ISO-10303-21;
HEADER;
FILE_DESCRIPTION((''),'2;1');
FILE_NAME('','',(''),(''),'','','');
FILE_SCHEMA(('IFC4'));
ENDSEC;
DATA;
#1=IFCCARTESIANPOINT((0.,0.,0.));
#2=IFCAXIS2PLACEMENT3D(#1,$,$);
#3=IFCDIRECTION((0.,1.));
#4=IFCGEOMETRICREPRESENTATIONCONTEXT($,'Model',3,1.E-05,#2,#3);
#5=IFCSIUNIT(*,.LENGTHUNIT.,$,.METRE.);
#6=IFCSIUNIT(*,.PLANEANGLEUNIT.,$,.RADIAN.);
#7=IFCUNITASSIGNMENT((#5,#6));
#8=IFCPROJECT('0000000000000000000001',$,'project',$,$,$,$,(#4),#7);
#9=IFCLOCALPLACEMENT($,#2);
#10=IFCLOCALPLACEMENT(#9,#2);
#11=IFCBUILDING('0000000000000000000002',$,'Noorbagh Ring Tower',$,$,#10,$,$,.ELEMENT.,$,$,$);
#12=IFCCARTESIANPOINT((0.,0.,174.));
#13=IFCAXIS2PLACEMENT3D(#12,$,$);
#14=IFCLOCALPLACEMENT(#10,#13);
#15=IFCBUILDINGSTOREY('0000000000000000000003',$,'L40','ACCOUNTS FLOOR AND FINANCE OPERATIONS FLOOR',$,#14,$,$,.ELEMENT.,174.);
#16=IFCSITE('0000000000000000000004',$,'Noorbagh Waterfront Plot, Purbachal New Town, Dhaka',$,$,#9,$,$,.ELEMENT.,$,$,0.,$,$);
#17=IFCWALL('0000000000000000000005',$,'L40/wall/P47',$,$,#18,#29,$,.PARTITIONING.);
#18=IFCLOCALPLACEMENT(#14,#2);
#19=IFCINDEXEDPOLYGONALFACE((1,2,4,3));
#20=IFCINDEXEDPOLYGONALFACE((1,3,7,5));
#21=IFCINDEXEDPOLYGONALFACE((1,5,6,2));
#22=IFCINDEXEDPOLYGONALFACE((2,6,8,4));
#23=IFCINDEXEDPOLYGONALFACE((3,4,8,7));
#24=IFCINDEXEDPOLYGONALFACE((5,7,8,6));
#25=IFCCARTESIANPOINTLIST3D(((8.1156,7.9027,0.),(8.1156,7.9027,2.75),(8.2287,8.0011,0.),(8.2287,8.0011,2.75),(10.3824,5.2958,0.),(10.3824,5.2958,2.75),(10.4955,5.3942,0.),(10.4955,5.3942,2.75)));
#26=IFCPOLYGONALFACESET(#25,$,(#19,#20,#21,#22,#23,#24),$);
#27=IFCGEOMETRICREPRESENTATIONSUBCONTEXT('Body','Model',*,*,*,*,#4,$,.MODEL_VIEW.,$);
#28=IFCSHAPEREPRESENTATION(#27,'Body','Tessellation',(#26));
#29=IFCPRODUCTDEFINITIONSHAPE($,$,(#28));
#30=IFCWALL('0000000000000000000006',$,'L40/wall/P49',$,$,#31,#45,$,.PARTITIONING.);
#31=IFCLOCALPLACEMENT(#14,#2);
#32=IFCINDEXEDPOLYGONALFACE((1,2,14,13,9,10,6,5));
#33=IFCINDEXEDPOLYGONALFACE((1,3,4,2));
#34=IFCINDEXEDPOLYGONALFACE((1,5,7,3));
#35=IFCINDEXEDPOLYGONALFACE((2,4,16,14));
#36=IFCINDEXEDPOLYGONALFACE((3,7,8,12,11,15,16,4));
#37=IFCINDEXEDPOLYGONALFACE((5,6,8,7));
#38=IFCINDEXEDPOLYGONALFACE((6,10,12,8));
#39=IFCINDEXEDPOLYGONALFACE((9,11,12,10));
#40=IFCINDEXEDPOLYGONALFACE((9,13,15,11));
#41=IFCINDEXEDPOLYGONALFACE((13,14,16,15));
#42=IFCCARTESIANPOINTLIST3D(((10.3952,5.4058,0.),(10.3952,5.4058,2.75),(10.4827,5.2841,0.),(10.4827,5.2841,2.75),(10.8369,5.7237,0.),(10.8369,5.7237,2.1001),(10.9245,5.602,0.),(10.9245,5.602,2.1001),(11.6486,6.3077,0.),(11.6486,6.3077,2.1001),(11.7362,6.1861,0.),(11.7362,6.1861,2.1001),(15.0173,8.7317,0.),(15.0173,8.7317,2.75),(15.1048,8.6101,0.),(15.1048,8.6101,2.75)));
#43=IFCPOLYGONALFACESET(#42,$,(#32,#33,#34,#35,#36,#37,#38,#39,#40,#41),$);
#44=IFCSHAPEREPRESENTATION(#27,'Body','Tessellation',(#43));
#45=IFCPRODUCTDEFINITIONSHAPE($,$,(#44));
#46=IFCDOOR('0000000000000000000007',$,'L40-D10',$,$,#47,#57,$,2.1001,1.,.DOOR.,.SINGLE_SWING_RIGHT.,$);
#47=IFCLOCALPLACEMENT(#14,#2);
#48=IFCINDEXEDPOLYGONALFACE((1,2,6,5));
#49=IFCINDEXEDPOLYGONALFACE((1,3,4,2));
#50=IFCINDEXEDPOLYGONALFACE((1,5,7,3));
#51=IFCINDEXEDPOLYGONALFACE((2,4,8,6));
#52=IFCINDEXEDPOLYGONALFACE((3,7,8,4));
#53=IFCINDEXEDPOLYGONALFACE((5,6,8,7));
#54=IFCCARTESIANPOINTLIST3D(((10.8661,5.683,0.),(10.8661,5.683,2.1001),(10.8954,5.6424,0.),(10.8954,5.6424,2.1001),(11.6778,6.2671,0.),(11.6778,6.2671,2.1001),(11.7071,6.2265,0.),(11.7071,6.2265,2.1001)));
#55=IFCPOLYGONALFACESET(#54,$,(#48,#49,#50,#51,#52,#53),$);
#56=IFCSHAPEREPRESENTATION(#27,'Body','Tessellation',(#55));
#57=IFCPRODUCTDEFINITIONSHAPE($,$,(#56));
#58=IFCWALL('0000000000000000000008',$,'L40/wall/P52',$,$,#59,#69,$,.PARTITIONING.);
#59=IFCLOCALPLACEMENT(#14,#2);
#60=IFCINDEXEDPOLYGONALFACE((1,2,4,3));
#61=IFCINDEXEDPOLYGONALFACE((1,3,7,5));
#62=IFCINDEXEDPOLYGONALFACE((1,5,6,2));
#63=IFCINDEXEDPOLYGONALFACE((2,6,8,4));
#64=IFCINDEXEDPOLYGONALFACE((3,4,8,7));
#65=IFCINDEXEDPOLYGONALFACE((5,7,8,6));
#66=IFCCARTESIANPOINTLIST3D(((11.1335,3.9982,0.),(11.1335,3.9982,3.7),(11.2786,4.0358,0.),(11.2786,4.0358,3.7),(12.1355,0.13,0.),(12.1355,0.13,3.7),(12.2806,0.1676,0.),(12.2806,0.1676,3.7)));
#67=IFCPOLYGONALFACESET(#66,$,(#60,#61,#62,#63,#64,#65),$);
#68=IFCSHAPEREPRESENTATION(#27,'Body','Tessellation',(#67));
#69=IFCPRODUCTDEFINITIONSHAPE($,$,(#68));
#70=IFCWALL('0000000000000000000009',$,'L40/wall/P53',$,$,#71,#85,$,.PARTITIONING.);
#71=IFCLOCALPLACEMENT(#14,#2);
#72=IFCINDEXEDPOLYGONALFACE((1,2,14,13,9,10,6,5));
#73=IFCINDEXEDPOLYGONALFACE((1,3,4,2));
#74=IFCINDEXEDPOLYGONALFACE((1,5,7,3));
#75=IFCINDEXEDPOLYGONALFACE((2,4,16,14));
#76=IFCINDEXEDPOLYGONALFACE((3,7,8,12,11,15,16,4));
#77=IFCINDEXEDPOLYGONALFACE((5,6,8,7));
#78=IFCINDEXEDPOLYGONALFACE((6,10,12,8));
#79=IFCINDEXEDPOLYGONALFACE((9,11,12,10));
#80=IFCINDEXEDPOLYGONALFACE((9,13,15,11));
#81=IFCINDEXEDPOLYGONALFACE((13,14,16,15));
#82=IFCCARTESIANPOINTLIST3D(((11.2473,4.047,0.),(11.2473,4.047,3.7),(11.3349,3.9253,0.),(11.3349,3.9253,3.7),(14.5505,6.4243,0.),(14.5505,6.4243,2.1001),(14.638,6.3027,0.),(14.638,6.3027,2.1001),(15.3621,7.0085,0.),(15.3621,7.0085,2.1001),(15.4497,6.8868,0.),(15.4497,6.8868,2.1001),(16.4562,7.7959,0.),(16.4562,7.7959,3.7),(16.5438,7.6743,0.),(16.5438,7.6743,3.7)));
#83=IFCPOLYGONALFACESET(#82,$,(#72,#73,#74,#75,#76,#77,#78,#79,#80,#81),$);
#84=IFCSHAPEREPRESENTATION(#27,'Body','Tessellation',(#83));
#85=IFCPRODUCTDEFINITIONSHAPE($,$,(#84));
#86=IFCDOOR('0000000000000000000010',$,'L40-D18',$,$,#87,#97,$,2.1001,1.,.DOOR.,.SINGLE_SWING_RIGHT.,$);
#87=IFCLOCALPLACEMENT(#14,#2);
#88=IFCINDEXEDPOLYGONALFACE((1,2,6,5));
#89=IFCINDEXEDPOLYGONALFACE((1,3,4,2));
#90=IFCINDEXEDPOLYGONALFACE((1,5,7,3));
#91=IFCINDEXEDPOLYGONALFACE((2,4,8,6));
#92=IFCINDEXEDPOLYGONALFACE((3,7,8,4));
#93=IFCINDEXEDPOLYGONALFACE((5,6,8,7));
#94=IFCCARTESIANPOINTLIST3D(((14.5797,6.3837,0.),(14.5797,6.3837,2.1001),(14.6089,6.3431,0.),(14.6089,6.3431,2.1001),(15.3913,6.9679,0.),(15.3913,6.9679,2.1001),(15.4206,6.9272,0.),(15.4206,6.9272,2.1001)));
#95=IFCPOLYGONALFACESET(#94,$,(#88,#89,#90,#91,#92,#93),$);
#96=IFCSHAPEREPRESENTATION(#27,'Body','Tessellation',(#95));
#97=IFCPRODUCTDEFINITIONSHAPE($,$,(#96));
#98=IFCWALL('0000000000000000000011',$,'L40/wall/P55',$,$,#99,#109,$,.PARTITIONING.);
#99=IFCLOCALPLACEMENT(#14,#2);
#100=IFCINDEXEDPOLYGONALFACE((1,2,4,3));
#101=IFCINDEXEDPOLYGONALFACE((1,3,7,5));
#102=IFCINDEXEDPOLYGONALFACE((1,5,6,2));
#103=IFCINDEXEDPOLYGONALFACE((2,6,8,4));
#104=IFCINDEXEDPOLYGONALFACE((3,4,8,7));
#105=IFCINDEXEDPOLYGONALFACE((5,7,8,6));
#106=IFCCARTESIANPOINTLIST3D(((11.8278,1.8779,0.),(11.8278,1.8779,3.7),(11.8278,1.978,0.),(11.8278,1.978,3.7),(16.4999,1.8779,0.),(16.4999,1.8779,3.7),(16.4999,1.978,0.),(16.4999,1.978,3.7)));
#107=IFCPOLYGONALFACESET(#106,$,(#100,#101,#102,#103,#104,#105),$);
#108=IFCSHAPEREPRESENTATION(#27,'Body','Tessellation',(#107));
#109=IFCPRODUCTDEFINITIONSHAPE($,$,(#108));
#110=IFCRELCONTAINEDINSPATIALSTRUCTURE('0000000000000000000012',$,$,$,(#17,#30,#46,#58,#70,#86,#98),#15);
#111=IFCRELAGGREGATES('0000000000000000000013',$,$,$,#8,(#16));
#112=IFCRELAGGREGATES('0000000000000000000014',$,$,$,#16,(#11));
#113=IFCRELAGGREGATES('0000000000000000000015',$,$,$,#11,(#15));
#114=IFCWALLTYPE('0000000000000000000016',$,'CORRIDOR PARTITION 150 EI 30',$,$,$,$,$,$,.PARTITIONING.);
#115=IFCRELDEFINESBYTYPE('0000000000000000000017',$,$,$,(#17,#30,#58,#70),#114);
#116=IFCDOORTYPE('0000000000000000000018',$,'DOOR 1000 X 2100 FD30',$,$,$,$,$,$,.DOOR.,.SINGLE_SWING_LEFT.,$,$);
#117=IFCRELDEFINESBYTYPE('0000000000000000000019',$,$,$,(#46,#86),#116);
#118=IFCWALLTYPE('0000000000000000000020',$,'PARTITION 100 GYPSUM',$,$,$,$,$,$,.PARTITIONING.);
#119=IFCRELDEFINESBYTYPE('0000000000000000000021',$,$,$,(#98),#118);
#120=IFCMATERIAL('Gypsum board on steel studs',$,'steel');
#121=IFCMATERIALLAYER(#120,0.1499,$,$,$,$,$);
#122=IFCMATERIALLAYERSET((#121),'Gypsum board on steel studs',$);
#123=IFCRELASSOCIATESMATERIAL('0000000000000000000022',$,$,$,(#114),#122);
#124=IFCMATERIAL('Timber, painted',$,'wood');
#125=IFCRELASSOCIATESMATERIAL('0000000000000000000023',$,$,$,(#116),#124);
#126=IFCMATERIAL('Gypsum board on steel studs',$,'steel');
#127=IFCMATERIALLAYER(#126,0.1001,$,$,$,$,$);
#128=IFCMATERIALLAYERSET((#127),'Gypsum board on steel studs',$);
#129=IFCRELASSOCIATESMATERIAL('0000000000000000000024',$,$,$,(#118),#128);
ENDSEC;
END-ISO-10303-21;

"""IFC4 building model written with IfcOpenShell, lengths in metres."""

from ifc_helpers import new_model, si_unit, direction, frame, frame_2d, origin, place, context, subcontext, project, spatial, rectangle, extrude, material, layer, layer_set, type_object, element, fill, save


model = new_model("IFC4")

# Units and contexts
model_context = context("Model", 3, precision=1e-05, world=origin(), true_north=direction((0.0, 1.0)))
body_context = subcontext(model_context, "Body", "Model", "MODEL_VIEW")
ifc_project = project(units=[si_unit("LENGTHUNIT", "METRE"), si_unit("PLANEANGLEUNIT", "RADIAN")], contexts=[model_context])

# Site, building, storey
site_placement = place(None, origin())
site = spatial("IfcSite", under=ifc_project, at=site_placement, Name="Noorbagh Waterfront Plot, Purbachal New Town, Dhaka", CompositionType="ELEMENT", RefElevation=0.0)
building_placement = place(site_placement, origin())
building = spatial("IfcBuilding", under=site, at=building_placement, Name="Noorbagh Ring Tower", CompositionType="ELEMENT")
storey_placement = place(building_placement, frame((0.0, 0.0, 174.0)))
storey = spatial("IfcBuildingStorey", under=building, at=storey_placement, Name="L40", Description="ACCOUNTS FLOOR AND FINANCE OPERATIONS FLOOR", CompositionType="ELEMENT", Elevation=174.0)

# Wall
ifc_material_1 = material(Name="Gypsum board on steel studs", Category="steel")
ifc_layer_1 = layer(ifc_material_1, 0.1499)
ifc_layer_set_1 = layer_set([ifc_layer_1], Name="Gypsum board on steel studs")
wall_type_1 = type_object("IfcWallType", Name="CORRIDOR PARTITION 150 EI 30", PredefinedType="PARTITIONING", material=ifc_layer_set_1)
wall_1_placement = place(storey_placement, frame((8.1721, 7.9519, 0.0), z_axis=(0.0, 0.0, 1.0), x_axis=(0.65617, -0.754613, 0.0)))
element("IfcWall", 1, at=wall_1_placement, inside=storey, type_object=wall_type_1, Name="L40/wall/P47", PredefinedType="PARTITIONING", context=body_context, shape_type="SweptSolid", body=[
    extrude(rectangle(XDim=3.4546, YDim=0.1499, at=frame_2d((1.7273, 0.0))), origin(), (0.0, 0.0, 1.0), 2.75),
])

# Wall, opening, door
wall_2_placement = place(storey_placement, frame((10.439, 5.345, 0.0), z_axis=(0.0, 0.0, 1.0), x_axis=(0.811698, 0.584078, 0.0)))
wall_2 = element("IfcWall", 2, at=wall_2_placement, inside=storey, type_object=wall_type_1, Name="L40/wall/P49", PredefinedType="PARTITIONING", context=body_context, shape_type="SweptSolid", body=[
    extrude(rectangle(XDim=5.6943, YDim=0.1499, at=frame_2d((2.8472, 0.0))), origin(), (0.0, 0.0, 1.0), 2.75),
])
opening_1_placement = place(wall_2_placement, frame((0.5442, 0.0, 0.0)))
opening_1 = element("IfcOpeningElement", 3, at=opening_1_placement, cuts=wall_2, PredefinedType="OPENING", context=body_context, shape_type="SweptSolid", body=[
    extrude(rectangle(XDim=1.0, YDim=2.1001, at=frame_2d((0.5, 1.05))), frame((0.0, 0.085, 0.0), z_axis=(0.0, -1.0, 0.0), x_axis=(1.0, 0.0, 0.0)), (0.0, 0.0, 1.0), 0.1699),
])
ifc_material_2 = material(Name="Timber, painted", Category="wood")
door_type = type_object("IfcDoorType", Name="DOOR 1000 X 2100 FD30", OperationType="SINGLE_SWING_LEFT", PredefinedType="DOOR", material=ifc_material_2)
door_1_placement = place(opening_1_placement, origin())
door_1 = element("IfcDoor", 4, at=door_1_placement, inside=storey, type_object=door_type, Name="L40-D10", OperationType="SINGLE_SWING_RIGHT", OverallHeight=2.1001, OverallWidth=1.0, PredefinedType="DOOR", context=body_context, shape_type="SweptSolid", body=[
    extrude(rectangle(XDim=1.0, YDim=2.1001, at=frame_2d((0.5, 1.05))), frame((0.0, 0.0249, 0.0), z_axis=(0.0, -1.0, 0.0), x_axis=(1.0, 0.0, 0.0)), (0.0, 0.0, 1.0), 0.05),
])
fill(opening_1, door_1)

# Wall
wall_3_placement = place(storey_placement, frame((11.2061, 4.0171, 0.0), z_axis=(0.0, 0.0, 1.0), x_axis=(0.25075, -0.968052, 0.0)))
element("IfcWall", 5, at=wall_3_placement, inside=storey, type_object=wall_type_1, Name="L40/wall/P52", PredefinedType="PARTITIONING", context=body_context, shape_type="SweptSolid", body=[
    extrude(rectangle(XDim=3.9958, YDim=0.1499, at=frame_2d((1.998, 0.0))), origin(), (0.0, 0.0, 1.0), 3.7),
])

# Wall, opening, door
wall_4_placement = place(storey_placement, frame((11.291, 3.9861, 0.0), z_axis=(0.0, 0.0, 1.0), x_axis=(0.811641, 0.584156, 0.0)))
wall_4 = element("IfcWall", 6, at=wall_4_placement, inside=storey, type_object=wall_type_1, Name="L40/wall/P53", PredefinedType="PARTITIONING", context=body_context, shape_type="SweptSolid", body=[
    extrude(rectangle(XDim=6.4177, YDim=0.1499, at=frame_2d((3.209, 0.0))), origin(), (0.0, 0.0, 1.0), 3.7),
])
opening_2_placement = place(wall_4_placement, frame((4.0698, 0.0, 0.0)))
opening_2 = element("IfcOpeningElement", 7, at=opening_2_placement, cuts=wall_4, PredefinedType="OPENING", context=body_context, shape_type="SweptSolid", body=[
    extrude(rectangle(XDim=1.0, YDim=2.1001, at=frame_2d((0.5, 1.05))), frame((0.0, 0.085, 0.0), z_axis=(0.0, -1.0, 0.0), x_axis=(1.0, 0.0, 0.0)), (0.0, 0.0, 1.0), 0.1699),
])
door_2_placement = place(opening_2_placement, origin())
door_2 = element("IfcDoor", 8, at=door_2_placement, inside=storey, type_object=door_type, Name="L40-D18", OperationType="SINGLE_SWING_RIGHT", OverallHeight=2.1001, OverallWidth=1.0, PredefinedType="DOOR", context=body_context, shape_type="SweptSolid", body=[
    extrude(rectangle(XDim=1.0, YDim=2.1001, at=frame_2d((0.5, 1.05))), frame((0.0, 0.0249, 0.0), z_axis=(0.0, -1.0, 0.0), x_axis=(1.0, 0.0, 0.0)), (0.0, 0.0, 1.0), 0.05),
])
fill(opening_2, door_2)

# Wall
ifc_material_3 = material(Name="Gypsum board on steel studs", Category="steel")
ifc_layer_2 = layer(ifc_material_3, 0.1001)
ifc_layer_set_2 = layer_set([ifc_layer_2], Name="Gypsum board on steel studs")
wall_type_2 = type_object("IfcWallType", Name="PARTITION 100 GYPSUM", PredefinedType="PARTITIONING", material=ifc_layer_set_2)
wall_5_placement = place(storey_placement, frame((11.8279, 1.928, 0.0), z_axis=(0.0, 0.0, 1.0), x_axis=(1.0, 0.0, 0.0)))
element("IfcWall", 9, at=wall_5_placement, inside=storey, type_object=wall_type_2, Name="L40/wall/P55", PredefinedType="PARTITIONING", context=body_context, shape_type="SweptSolid", body=[
    extrude(rectangle(XDim=4.6721, YDim=0.1001, at=frame_2d((2.3359, 0.0))), origin(), (0.0, 0.0, 1.0), 3.7),
])

save(model, "model.ifc")
